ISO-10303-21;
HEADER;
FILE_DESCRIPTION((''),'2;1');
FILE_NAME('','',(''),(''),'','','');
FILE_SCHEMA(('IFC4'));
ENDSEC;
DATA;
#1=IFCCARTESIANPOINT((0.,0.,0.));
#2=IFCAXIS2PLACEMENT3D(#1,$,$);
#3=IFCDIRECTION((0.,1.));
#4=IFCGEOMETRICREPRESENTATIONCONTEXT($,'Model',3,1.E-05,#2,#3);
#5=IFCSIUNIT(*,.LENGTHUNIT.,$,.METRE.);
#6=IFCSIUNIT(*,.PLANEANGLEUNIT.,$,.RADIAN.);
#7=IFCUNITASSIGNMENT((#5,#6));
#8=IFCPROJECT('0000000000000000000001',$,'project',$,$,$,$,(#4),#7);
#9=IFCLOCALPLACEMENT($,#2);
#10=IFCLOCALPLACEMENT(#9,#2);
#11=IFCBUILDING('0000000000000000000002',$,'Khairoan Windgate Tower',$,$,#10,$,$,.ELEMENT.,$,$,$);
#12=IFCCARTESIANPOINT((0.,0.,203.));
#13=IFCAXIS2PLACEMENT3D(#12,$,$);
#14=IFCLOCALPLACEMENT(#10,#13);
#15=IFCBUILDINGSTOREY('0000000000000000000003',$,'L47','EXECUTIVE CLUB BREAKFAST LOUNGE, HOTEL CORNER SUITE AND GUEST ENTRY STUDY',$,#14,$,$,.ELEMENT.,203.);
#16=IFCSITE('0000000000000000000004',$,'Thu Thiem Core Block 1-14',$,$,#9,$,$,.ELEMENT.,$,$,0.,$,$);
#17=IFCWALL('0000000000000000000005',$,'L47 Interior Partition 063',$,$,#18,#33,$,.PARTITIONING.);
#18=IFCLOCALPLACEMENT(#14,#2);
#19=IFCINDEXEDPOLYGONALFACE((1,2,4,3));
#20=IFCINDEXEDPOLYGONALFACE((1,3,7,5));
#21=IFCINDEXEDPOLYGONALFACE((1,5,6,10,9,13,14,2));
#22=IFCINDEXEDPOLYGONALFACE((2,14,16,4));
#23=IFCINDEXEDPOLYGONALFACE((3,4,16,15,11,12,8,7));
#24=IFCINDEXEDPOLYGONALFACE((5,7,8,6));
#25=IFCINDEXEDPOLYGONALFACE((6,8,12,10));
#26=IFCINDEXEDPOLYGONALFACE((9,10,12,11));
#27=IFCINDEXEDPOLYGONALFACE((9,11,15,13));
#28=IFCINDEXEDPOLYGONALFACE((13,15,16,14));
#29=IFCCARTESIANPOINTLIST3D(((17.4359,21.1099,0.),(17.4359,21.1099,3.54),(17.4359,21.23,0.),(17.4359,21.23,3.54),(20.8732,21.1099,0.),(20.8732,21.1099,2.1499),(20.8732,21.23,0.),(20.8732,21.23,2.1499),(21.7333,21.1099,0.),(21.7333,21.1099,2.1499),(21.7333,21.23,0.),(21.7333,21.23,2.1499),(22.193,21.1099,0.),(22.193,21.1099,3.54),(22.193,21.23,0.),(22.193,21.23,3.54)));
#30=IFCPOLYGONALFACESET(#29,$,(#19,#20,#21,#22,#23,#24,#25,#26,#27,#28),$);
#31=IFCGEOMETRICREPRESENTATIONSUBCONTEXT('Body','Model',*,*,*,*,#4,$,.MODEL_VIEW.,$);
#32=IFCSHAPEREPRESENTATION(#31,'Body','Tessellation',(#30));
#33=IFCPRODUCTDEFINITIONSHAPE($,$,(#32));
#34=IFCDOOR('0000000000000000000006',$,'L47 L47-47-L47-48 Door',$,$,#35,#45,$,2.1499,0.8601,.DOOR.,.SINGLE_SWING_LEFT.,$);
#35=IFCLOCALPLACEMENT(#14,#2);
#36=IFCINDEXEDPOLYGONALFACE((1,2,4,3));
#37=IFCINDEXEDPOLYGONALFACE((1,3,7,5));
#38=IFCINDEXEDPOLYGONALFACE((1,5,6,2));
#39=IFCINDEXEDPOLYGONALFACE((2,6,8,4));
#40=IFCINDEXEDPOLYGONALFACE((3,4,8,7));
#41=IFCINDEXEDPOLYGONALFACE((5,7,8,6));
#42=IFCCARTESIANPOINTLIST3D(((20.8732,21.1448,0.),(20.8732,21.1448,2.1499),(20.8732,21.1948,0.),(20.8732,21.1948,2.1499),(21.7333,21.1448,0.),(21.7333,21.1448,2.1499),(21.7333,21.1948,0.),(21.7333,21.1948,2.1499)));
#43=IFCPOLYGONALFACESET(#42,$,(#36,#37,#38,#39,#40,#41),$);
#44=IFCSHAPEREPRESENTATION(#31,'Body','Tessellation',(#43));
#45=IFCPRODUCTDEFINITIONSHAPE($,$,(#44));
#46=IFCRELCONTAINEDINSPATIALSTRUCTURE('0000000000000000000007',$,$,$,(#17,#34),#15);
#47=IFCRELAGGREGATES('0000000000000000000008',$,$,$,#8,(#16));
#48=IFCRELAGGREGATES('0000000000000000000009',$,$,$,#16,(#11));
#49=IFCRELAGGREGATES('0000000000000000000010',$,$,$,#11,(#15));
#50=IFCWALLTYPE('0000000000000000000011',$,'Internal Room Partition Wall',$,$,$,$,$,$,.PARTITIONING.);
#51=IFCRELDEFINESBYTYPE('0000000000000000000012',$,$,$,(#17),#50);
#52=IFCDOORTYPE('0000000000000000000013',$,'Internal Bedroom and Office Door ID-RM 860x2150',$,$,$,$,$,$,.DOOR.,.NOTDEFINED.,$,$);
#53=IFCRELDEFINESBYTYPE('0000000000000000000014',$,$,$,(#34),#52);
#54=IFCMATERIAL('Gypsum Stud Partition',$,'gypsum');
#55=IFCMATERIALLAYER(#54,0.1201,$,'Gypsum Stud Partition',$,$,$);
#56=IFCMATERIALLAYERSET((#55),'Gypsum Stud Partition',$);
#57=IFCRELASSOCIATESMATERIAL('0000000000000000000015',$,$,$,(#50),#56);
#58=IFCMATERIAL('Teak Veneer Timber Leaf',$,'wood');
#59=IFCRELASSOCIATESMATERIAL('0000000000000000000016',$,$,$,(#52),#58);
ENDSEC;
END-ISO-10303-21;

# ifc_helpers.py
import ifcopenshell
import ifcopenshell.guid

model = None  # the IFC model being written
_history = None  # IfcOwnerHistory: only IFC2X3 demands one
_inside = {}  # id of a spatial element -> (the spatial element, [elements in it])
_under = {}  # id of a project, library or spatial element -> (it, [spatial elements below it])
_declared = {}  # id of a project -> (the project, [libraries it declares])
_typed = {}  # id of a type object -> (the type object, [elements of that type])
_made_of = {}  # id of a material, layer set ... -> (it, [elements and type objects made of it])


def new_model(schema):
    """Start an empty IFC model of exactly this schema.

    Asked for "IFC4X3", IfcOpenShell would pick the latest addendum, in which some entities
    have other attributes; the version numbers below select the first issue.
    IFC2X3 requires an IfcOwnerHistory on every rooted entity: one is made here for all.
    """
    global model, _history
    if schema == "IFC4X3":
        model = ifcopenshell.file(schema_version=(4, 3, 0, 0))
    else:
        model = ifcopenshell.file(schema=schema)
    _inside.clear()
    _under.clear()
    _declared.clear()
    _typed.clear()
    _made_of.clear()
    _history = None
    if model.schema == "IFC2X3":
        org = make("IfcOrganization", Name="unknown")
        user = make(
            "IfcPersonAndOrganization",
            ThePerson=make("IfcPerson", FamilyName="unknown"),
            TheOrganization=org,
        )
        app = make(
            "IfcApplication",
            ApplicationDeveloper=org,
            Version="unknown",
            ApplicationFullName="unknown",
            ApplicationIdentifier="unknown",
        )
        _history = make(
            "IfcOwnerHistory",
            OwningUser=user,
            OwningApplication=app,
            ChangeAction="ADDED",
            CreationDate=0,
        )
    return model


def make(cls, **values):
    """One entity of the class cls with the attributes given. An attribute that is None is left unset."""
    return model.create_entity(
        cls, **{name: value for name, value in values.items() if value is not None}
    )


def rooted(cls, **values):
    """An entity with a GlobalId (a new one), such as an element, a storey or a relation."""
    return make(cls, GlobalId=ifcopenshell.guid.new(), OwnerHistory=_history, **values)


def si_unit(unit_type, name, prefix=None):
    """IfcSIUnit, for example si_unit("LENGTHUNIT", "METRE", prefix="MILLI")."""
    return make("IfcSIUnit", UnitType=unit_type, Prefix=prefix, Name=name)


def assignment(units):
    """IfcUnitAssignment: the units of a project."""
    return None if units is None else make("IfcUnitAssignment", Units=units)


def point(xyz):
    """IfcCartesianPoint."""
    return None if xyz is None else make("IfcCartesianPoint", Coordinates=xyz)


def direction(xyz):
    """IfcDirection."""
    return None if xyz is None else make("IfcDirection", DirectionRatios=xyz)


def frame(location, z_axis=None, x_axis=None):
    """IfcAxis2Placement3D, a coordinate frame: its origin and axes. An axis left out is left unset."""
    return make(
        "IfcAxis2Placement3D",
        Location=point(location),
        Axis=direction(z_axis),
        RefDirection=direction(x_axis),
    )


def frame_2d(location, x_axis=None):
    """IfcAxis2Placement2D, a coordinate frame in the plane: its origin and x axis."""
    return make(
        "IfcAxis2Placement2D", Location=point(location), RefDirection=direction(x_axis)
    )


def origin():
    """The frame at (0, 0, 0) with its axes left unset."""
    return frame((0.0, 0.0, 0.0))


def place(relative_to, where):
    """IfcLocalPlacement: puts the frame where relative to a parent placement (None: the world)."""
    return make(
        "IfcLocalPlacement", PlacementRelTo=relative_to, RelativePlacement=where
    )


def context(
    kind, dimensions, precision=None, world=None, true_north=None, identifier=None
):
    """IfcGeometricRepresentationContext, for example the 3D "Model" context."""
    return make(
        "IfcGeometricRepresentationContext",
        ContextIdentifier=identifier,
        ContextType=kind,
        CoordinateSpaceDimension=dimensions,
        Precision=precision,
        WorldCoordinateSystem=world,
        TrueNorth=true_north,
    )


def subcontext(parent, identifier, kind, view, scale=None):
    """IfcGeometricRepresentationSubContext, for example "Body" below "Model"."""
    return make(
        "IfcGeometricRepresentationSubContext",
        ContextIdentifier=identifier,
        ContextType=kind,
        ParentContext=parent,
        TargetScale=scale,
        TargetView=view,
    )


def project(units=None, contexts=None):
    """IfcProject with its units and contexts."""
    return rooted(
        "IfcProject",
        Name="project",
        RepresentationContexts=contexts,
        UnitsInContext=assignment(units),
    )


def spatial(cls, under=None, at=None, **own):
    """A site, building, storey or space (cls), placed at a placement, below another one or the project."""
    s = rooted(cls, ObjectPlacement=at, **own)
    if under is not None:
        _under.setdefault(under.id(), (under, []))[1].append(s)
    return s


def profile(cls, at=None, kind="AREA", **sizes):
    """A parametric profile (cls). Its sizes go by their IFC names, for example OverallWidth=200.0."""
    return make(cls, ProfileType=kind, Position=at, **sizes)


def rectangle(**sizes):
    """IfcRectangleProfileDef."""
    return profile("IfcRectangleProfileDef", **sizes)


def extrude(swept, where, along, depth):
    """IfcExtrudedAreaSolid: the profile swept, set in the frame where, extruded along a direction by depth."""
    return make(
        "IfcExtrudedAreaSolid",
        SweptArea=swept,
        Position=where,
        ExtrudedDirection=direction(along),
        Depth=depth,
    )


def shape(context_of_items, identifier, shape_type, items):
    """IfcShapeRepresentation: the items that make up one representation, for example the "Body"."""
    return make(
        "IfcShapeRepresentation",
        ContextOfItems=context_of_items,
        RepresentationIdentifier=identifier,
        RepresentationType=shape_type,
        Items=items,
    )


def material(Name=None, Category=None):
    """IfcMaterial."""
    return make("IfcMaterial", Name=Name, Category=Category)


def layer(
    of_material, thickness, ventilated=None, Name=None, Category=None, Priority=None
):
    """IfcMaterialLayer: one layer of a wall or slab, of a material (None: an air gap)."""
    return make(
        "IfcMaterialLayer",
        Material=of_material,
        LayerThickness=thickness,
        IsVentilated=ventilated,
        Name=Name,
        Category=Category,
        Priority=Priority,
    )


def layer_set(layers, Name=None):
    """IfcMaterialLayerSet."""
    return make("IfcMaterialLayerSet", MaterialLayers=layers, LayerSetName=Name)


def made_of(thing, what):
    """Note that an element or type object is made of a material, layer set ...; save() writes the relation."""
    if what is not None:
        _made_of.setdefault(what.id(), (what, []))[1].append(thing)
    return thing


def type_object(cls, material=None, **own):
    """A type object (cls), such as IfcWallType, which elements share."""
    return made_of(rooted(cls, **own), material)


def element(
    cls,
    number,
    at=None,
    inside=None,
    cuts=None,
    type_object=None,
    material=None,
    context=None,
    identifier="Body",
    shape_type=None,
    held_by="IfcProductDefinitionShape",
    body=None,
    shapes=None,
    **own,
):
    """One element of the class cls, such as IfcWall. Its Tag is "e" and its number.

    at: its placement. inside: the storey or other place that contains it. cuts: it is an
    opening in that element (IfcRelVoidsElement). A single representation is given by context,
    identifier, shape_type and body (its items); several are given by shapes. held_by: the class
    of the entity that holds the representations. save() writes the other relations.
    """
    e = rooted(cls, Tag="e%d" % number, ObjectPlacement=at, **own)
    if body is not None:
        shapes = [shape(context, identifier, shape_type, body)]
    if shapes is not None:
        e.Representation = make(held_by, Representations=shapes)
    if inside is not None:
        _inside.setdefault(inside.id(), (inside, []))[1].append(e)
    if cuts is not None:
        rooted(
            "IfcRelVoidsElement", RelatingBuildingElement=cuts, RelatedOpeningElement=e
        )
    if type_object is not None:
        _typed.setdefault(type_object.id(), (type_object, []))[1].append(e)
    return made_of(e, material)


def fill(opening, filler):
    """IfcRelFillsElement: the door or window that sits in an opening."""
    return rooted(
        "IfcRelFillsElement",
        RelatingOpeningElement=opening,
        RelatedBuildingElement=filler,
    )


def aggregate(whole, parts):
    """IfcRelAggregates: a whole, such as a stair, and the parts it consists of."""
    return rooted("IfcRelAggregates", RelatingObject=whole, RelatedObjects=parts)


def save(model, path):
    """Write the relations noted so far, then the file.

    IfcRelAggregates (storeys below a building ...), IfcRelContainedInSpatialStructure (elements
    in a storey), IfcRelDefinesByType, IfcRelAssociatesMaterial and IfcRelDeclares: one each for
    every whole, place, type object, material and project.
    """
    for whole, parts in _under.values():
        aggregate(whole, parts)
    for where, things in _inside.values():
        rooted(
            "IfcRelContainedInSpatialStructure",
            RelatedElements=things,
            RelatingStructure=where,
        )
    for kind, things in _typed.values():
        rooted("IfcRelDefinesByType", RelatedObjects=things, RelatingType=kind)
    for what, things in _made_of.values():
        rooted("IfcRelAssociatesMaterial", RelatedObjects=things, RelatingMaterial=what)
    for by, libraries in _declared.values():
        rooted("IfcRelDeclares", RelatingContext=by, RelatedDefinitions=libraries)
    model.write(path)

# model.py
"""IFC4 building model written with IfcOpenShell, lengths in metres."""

from ifc_helpers import new_model, si_unit, direction, frame, frame_2d, origin, place, context, subcontext, project, spatial, rectangle, extrude, material, layer, layer_set, type_object, element, fill, save


model = new_model("IFC4")

# Units and contexts
model_context = context("Model", 3, precision=1e-05, world=origin(), true_north=direction((0.0, 1.0)))
body_context = subcontext(model_context, "Body", "Model", "MODEL_VIEW")
ifc_project = project(units=[si_unit("LENGTHUNIT", "METRE"), si_unit("PLANEANGLEUNIT", "RADIAN")], contexts=[model_context])

# Site, building, storey
site_placement = place(None, origin())
site = spatial("IfcSite", under=ifc_project, at=site_placement, Name="Thu Thiem Core Block 1-14", CompositionType="ELEMENT", RefElevation=0.0)
building_placement = place(site_placement, origin())
building = spatial("IfcBuilding", under=site, at=building_placement, Name="Khairoan Windgate Tower", CompositionType="ELEMENT")
storey_placement = place(building_placement, frame((0.0, 0.0, 203.0)))
storey = spatial("IfcBuildingStorey", under=building, at=storey_placement, Name="L47", Description="EXECUTIVE CLUB BREAKFAST LOUNGE, HOTEL CORNER SUITE AND GUEST ENTRY STUDY", CompositionType="ELEMENT", Elevation=203.0)

# Wall, opening, door
ifc_material_1 = material(Name="Gypsum Stud Partition", Category="gypsum")
ifc_layer_1 = layer(ifc_material_1, 0.1201, Name="Gypsum Stud Partition")
ifc_layer_set_1 = layer_set([ifc_layer_1], Name="Gypsum Stud Partition")
wall_type_1 = type_object("IfcWallType", Name="Internal Room Partition Wall", PredefinedType="PARTITIONING", material=ifc_layer_set_1)
wall_1_placement = place(storey_placement, frame((17.436, 21.1699, 0.0), z_axis=(0.0, 0.0, 1.0), x_axis=(1.0, 0.0, 0.0)))
wall_1 = element("IfcWall", 1, at=wall_1_placement, inside=storey, type_object=wall_type_1, Name="L47 Interior Partition 063", PredefinedType="PARTITIONING", context=body_context, shape_type="SweptSolid", body=[
    extrude(rectangle(XDim=4.7571, YDim=0.1201, at=frame_2d((2.3784, 0.0))), origin(), (0.0, 0.0, 1.0), 3.54),
])
opening_1_placement = place(wall_1_placement, frame((3.437, 0.0, 0.0)))
opening_1 = element("IfcOpeningElement", 2, at=opening_1_placement, cuts=wall_1, PredefinedType="OPENING", context=body_context, shape_type="SweptSolid", body=[
    extrude(rectangle(XDim=0.8601, YDim=2.1499, at=frame_2d((0.4302, 1.075))), frame((0.0, 0.0701, 0.0), z_axis=(0.0, -1.0, 0.0), x_axis=(1.0, 0.0, 0.0)), (0.0, 0.0, 1.0), 0.1401),
])
ifc_material_2 = material(Name="Teak Veneer Timber Leaf", Category="wood")
door_type_1 = type_object("IfcDoorType", Name="Internal Bedroom and Office Door ID-RM 860x2150", OperationType="NOTDEFINED", PredefinedType="DOOR", material=ifc_material_2)
door_1_placement = place(opening_1_placement, origin())
door_1 = element("IfcDoor", 3, at=door_1_placement, inside=storey, type_object=door_type_1, Name="L47 L47-47-L47-48 Door", OperationType="SINGLE_SWING_LEFT", OverallHeight=2.1499, OverallWidth=0.8601, PredefinedType="DOOR", context=body_context, shape_type="SweptSolid", body=[
    extrude(rectangle(XDim=0.8601, YDim=2.1499, at=frame_2d((0.4302, 1.075))), frame((0.0, 0.0249, 0.0), z_axis=(0.0, -1.0, 0.0), x_axis=(1.0, 0.0, 0.0)), (0.0, 0.0, 1.0), 0.05),
])
fill(opening_1, door_1)

save(model, "model.ifc")
